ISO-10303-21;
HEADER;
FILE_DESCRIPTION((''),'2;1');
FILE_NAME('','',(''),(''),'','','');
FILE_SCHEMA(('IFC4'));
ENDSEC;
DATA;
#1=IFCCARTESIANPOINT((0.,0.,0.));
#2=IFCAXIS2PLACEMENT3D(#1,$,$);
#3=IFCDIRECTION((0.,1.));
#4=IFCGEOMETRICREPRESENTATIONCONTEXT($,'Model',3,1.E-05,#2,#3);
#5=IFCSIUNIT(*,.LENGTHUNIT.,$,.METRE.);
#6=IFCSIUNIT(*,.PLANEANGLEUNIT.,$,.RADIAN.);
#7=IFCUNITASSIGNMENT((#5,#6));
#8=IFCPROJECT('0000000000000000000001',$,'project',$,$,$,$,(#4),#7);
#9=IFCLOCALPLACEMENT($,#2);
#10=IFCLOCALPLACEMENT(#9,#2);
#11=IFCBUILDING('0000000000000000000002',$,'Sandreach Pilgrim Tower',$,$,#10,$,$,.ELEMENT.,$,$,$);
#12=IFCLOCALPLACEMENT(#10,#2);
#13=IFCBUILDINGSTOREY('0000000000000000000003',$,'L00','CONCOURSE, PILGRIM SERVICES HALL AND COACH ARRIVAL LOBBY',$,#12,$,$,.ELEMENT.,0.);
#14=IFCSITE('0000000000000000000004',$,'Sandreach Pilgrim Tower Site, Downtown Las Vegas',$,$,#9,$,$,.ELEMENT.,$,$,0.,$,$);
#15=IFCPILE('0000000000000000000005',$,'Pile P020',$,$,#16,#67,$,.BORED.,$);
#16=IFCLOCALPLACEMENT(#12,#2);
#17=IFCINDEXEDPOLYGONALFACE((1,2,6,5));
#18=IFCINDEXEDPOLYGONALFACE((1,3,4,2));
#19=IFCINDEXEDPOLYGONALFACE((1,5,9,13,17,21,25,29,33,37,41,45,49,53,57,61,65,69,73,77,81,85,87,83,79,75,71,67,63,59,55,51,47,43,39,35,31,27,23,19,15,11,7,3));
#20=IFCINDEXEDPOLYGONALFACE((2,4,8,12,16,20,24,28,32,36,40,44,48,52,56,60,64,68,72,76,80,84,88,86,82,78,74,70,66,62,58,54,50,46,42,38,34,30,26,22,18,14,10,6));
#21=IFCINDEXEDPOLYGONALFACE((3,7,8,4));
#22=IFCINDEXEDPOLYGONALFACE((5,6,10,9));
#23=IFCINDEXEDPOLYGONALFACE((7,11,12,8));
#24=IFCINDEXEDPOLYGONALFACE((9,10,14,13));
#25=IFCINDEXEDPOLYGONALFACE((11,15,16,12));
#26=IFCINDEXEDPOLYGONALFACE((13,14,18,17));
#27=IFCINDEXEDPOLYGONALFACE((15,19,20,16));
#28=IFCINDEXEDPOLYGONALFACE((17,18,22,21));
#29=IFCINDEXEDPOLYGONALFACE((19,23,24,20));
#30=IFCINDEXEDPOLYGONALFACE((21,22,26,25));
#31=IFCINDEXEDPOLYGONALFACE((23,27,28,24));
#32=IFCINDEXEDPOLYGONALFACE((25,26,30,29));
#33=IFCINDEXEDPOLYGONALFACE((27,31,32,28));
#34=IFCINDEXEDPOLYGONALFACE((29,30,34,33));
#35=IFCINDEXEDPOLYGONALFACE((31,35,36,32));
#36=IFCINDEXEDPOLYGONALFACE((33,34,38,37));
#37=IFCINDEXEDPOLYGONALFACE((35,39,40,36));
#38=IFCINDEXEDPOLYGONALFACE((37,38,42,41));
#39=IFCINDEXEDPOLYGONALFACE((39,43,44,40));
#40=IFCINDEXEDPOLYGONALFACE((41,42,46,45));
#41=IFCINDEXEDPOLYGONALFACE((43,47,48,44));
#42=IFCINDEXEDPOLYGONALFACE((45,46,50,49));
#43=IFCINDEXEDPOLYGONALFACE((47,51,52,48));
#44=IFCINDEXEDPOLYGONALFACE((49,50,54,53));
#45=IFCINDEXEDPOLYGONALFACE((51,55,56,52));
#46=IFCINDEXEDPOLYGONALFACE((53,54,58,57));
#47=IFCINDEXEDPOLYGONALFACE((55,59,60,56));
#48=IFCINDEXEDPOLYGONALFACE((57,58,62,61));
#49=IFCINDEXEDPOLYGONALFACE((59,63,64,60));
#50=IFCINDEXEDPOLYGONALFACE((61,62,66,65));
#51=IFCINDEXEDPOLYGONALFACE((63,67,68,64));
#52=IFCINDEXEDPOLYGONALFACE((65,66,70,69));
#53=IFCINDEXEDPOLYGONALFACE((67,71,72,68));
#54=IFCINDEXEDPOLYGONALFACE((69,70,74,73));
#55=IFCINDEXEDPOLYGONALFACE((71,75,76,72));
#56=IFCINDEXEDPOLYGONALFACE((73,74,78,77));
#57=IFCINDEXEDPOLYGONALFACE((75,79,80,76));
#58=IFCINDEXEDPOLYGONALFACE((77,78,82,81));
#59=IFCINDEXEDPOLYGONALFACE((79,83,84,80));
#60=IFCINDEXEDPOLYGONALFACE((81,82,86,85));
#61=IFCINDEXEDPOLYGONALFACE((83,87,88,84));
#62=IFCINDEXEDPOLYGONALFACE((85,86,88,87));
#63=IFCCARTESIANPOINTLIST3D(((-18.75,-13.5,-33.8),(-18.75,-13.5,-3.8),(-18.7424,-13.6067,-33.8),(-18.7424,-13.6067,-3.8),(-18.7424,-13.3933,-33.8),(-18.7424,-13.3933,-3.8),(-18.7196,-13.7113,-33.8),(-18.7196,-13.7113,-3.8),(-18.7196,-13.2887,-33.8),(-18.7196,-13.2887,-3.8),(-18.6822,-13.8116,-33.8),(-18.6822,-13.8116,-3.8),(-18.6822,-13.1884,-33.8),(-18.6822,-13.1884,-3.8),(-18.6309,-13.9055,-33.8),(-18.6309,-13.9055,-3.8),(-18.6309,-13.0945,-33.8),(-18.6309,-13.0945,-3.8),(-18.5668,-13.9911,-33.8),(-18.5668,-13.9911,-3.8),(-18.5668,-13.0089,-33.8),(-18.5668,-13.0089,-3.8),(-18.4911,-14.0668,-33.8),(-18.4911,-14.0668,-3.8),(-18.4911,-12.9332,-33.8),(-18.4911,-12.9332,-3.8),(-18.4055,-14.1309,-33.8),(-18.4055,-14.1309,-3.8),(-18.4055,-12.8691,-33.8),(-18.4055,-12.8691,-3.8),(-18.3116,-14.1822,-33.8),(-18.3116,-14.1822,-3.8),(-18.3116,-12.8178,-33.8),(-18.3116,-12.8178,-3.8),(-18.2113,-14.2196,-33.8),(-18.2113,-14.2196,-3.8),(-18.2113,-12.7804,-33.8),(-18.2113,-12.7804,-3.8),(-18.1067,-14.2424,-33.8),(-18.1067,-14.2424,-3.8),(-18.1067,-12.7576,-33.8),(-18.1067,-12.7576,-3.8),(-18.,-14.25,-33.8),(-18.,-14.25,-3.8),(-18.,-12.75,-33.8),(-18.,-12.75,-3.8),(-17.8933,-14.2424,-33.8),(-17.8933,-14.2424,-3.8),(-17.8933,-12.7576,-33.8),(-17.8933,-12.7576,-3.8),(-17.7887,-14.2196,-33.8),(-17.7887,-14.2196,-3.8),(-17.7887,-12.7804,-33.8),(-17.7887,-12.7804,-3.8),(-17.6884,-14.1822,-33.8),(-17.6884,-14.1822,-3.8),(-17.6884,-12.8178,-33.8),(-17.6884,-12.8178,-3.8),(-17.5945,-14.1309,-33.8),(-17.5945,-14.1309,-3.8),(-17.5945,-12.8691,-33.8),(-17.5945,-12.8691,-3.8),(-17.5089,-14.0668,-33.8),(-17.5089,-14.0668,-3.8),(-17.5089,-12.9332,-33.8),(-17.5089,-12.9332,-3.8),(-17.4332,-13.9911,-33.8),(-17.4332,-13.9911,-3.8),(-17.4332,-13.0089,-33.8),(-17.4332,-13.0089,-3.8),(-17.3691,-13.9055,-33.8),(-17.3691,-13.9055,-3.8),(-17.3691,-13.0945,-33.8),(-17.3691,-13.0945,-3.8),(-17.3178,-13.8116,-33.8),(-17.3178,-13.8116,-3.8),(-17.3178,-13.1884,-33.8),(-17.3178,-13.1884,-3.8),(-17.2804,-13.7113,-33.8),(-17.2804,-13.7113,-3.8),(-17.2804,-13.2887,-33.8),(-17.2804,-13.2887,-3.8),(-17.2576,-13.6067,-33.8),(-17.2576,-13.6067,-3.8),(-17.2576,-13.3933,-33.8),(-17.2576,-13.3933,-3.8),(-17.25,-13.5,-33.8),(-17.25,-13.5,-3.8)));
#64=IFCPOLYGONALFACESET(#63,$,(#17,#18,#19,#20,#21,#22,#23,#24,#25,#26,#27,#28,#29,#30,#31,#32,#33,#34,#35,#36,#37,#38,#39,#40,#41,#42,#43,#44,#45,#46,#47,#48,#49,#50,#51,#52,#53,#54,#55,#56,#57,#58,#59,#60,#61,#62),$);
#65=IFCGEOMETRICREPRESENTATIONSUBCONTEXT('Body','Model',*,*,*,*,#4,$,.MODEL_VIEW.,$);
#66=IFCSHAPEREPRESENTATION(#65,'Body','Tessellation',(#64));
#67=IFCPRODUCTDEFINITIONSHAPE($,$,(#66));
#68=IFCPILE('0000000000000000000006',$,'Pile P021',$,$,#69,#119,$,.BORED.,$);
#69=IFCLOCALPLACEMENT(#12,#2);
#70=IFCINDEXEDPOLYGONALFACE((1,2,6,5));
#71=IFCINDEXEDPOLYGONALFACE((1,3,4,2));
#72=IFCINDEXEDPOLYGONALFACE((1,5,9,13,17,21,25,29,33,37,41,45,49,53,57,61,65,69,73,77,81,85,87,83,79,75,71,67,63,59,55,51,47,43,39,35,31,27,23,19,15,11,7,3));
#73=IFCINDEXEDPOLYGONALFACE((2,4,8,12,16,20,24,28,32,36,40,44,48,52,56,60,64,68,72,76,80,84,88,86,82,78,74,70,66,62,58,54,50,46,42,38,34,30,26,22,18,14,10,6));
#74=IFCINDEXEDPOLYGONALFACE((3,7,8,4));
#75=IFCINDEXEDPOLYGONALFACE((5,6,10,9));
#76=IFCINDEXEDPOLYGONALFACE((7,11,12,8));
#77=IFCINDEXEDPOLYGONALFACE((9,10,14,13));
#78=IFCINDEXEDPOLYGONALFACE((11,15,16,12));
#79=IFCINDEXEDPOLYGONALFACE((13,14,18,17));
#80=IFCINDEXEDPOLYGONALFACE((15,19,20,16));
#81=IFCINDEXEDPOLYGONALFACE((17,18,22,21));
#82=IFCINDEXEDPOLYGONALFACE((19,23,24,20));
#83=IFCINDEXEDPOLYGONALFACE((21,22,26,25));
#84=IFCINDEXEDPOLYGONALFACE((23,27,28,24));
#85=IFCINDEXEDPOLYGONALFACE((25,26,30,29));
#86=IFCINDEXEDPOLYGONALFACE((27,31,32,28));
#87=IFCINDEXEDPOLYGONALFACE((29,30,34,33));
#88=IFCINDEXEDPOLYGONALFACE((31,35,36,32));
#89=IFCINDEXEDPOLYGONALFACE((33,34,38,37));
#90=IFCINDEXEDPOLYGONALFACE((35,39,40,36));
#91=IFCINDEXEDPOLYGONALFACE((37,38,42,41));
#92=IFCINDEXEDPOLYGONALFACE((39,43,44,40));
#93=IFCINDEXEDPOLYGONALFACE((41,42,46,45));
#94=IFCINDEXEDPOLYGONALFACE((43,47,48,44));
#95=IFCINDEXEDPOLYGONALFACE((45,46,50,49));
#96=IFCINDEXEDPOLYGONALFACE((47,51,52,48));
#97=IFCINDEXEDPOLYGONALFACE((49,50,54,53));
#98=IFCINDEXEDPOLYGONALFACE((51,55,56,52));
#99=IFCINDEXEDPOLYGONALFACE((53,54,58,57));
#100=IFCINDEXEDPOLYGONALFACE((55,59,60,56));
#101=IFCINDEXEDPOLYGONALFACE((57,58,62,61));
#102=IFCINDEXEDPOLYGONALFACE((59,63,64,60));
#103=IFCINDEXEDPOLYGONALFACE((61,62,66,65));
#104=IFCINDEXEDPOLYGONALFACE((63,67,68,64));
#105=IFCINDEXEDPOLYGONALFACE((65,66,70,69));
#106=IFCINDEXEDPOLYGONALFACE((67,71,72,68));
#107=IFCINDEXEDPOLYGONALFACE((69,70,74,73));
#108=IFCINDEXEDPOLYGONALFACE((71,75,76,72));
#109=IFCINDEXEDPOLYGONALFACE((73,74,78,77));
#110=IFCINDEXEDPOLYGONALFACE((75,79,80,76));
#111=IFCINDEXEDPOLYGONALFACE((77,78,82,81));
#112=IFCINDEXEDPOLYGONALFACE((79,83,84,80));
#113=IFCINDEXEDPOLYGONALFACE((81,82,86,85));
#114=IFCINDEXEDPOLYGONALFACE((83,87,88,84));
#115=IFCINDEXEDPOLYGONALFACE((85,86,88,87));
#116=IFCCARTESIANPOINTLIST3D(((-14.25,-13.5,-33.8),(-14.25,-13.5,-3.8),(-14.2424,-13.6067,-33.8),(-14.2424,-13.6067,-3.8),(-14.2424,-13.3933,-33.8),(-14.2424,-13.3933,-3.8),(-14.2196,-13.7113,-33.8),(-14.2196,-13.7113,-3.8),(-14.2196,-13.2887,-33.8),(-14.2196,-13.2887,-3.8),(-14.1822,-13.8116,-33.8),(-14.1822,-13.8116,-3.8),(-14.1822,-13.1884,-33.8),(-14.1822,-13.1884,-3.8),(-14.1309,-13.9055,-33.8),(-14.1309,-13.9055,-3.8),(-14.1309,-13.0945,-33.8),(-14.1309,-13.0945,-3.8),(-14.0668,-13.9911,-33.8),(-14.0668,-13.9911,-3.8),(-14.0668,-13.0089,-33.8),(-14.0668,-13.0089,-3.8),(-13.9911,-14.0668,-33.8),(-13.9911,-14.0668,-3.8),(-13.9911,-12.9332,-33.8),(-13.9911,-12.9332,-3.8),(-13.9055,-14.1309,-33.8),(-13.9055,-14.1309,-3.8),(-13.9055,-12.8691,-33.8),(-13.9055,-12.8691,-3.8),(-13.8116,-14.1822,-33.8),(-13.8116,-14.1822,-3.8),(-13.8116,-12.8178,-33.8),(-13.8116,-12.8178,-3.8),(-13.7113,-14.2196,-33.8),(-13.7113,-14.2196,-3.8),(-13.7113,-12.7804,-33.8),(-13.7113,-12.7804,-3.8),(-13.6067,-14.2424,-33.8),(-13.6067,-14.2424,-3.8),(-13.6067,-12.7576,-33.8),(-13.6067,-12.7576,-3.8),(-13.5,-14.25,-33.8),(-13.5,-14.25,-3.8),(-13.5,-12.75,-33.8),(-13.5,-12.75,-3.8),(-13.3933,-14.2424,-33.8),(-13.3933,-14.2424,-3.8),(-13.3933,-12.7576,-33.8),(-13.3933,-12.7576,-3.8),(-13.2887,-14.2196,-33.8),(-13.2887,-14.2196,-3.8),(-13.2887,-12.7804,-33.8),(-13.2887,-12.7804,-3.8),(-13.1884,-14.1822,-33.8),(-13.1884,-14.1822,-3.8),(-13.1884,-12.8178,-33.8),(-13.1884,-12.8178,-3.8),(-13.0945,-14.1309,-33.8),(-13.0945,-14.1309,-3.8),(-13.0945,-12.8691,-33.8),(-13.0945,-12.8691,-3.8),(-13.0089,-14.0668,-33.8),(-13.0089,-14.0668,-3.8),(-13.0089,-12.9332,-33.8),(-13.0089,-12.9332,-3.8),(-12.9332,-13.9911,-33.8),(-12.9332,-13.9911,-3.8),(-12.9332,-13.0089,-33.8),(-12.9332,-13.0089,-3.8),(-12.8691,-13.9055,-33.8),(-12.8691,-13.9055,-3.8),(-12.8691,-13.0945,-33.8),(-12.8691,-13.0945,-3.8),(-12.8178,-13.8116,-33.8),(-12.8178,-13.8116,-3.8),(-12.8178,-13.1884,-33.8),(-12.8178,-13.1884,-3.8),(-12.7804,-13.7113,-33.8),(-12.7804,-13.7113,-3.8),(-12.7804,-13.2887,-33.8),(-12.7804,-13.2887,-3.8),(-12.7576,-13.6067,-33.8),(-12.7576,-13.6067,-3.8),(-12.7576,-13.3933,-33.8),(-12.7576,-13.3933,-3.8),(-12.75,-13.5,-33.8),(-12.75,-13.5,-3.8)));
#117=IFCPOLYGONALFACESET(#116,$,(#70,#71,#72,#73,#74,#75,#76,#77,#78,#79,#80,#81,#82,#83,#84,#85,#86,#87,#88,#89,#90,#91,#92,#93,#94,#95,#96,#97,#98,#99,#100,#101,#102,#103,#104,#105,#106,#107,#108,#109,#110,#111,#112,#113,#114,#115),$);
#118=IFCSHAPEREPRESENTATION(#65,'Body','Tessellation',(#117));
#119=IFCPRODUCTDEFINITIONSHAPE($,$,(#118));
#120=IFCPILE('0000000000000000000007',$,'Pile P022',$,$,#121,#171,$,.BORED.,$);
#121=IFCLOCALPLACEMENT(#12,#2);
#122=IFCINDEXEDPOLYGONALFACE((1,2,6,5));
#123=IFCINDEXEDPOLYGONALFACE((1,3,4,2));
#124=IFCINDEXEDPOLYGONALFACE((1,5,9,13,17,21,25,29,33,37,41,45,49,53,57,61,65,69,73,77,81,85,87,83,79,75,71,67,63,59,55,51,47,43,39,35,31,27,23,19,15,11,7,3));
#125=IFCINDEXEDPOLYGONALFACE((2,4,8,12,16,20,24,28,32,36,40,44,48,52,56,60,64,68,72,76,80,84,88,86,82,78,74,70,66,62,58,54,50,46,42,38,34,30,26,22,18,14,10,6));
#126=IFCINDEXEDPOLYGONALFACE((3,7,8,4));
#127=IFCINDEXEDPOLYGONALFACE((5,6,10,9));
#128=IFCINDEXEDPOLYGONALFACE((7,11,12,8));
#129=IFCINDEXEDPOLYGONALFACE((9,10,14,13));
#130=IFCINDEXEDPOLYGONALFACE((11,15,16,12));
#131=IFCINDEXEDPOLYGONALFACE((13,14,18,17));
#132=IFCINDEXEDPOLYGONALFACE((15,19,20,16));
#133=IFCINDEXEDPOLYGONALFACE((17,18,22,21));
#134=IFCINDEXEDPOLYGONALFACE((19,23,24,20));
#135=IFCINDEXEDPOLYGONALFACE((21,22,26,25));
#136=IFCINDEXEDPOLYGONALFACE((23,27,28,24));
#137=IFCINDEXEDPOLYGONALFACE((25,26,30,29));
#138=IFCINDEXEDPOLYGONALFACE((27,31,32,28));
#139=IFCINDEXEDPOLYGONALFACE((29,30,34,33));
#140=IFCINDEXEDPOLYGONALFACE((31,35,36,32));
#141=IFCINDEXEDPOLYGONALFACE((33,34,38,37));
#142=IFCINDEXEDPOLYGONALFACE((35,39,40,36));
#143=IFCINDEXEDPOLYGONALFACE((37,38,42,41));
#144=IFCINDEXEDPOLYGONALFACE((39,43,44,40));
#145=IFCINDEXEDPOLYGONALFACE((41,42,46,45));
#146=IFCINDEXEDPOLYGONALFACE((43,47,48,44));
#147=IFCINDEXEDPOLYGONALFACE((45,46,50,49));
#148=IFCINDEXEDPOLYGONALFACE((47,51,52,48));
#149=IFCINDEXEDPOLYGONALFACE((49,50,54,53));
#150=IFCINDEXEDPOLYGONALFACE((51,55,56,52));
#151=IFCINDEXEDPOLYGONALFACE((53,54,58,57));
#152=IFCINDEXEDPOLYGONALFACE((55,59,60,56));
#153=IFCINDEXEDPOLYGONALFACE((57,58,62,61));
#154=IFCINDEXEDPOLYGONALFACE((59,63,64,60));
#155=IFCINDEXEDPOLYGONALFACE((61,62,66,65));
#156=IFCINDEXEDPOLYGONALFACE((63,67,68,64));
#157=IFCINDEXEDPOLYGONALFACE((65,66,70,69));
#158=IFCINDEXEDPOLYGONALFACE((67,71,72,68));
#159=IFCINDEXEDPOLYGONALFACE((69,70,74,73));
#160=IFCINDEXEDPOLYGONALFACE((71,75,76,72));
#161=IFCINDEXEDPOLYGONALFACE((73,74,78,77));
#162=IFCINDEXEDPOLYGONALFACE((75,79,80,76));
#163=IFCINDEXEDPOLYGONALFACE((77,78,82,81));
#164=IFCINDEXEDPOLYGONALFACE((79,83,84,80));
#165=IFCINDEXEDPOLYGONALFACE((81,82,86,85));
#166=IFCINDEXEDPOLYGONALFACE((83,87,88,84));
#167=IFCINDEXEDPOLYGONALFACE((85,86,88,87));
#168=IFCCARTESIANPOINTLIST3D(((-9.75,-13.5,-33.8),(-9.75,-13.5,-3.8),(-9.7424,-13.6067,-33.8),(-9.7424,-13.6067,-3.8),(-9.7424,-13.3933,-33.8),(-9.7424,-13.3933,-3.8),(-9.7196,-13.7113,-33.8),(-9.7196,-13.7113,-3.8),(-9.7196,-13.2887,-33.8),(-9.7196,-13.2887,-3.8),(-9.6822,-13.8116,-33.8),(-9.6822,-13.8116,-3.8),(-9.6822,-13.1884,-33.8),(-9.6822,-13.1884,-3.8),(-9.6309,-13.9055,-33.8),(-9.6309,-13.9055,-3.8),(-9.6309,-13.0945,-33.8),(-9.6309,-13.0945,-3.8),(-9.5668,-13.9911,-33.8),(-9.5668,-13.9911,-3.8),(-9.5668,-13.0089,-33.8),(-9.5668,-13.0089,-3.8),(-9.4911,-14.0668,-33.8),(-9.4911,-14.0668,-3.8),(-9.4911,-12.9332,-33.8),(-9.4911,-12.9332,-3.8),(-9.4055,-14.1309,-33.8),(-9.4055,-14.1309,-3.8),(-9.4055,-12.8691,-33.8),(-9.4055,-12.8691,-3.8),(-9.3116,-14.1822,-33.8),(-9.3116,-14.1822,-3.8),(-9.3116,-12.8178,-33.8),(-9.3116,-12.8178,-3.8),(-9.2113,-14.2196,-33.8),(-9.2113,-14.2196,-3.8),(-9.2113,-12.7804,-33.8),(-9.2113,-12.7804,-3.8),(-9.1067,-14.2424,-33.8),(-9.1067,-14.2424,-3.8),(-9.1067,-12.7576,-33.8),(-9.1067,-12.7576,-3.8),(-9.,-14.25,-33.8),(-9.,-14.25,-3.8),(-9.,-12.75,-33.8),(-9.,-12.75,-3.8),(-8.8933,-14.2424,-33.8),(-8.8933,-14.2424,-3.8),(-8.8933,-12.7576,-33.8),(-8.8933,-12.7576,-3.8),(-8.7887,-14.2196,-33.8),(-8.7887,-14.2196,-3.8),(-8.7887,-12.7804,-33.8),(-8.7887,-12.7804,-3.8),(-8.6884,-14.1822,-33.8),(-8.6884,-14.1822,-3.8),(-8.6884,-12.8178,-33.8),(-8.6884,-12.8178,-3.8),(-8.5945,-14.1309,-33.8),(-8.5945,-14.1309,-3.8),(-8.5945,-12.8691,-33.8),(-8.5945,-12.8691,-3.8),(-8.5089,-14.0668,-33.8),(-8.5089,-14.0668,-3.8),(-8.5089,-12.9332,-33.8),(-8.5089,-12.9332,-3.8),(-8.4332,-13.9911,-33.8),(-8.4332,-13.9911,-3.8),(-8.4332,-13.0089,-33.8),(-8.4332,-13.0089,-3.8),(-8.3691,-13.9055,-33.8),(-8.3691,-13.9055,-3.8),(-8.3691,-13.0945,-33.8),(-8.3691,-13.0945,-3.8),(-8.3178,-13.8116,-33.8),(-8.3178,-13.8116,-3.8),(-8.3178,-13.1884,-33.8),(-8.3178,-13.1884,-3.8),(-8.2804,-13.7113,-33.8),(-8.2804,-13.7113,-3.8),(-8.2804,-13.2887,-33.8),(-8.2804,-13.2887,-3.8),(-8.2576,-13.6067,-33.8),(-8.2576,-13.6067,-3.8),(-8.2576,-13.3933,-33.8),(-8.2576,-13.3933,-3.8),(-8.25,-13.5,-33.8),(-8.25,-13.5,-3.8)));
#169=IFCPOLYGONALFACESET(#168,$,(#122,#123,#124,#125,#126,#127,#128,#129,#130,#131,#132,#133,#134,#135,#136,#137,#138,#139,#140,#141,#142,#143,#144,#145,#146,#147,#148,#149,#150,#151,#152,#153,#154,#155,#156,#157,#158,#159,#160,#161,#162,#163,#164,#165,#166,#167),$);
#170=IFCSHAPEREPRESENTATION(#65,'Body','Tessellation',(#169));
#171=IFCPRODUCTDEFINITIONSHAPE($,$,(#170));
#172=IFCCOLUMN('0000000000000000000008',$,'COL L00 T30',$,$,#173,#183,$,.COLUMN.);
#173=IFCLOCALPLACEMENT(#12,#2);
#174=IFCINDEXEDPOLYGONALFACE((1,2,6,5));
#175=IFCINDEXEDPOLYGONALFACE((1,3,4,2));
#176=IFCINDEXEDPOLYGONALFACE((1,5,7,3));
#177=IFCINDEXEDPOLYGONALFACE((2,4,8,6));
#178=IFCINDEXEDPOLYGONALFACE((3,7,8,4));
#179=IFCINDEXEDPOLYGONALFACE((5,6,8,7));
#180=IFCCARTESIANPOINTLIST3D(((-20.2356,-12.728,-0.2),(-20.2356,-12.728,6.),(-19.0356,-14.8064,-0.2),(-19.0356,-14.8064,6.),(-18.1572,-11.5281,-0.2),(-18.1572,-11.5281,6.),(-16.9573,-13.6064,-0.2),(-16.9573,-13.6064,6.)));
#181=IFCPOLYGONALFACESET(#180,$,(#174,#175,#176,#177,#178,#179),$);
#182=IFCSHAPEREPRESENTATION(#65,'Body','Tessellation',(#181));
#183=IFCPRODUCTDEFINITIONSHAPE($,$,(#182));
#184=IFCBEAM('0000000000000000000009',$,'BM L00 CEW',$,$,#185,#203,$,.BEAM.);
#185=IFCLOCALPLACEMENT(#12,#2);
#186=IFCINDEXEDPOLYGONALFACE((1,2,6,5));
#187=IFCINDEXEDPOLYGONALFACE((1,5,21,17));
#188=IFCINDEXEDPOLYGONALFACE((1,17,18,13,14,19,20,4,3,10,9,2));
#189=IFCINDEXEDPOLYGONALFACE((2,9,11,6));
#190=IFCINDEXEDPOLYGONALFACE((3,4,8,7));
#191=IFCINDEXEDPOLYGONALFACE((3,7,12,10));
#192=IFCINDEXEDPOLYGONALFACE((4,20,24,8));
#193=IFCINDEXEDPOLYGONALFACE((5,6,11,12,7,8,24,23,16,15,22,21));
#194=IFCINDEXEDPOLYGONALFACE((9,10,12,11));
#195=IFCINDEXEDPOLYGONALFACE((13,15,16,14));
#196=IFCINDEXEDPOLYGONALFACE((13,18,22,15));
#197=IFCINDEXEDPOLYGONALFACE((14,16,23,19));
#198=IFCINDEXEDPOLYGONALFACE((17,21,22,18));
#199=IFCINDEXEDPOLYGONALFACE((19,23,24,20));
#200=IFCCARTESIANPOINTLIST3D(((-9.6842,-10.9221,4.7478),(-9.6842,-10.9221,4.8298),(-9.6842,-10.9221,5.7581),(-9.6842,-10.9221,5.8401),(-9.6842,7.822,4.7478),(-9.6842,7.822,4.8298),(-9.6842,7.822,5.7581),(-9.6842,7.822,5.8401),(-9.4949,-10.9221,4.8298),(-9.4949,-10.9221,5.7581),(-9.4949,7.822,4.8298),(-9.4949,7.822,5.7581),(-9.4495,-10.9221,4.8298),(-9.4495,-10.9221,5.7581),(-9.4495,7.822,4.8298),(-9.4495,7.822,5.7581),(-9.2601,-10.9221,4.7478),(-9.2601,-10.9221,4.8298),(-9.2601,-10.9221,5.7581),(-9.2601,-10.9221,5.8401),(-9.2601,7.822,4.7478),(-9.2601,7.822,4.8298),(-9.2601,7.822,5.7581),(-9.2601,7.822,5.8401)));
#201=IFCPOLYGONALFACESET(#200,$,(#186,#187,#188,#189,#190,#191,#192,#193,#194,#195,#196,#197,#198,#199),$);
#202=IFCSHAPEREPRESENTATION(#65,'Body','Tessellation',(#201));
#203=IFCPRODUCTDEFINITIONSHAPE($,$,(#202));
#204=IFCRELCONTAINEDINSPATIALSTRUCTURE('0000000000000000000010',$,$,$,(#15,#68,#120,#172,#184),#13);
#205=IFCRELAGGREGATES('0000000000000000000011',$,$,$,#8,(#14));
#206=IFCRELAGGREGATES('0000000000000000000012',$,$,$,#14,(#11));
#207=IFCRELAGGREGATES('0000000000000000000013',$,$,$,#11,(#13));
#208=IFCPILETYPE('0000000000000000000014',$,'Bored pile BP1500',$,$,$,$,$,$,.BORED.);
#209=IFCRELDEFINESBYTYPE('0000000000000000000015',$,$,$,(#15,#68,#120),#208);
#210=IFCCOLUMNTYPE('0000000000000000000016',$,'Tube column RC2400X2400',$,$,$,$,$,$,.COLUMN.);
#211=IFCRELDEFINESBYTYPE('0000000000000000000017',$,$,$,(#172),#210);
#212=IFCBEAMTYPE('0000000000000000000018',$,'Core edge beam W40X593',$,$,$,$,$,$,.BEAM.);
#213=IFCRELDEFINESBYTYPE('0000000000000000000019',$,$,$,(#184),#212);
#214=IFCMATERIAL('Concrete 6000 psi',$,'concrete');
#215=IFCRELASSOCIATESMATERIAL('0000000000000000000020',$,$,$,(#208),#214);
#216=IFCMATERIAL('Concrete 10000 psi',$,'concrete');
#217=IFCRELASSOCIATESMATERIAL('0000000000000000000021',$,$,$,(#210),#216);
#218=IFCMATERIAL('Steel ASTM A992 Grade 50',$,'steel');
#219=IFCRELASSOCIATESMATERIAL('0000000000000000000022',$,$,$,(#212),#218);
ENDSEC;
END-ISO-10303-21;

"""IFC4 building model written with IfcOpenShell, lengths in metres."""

from ifc_helpers import new_model, si_unit, direction, frame, origin, origin_2d, place, context, subcontext, project, spatial, rectangle, circle, i_section, extrude, material, material_profile, profile_set, type_object, element, save


model = new_model("IFC4")

# Units and contexts
model_context = context("Model", 3, precision=1e-05, world=origin(), true_north=direction((0.0, 1.0)))
body_context = subcontext(model_context, "Body", "Model", "MODEL_VIEW")
ifc_project = project(units=[si_unit("LENGTHUNIT", "METRE"), si_unit("PLANEANGLEUNIT", "RADIAN")], contexts=[model_context])

# Site, building, storey
site_placement = place(None, origin())
site = spatial("IfcSite", under=ifc_project, at=site_placement, Name="Sandreach Pilgrim Tower Site, Downtown Las Vegas", CompositionType="ELEMENT", RefElevation=0.0)
building_placement = place(site_placement, origin())
building = spatial("IfcBuilding", under=site, at=building_placement, Name="Sandreach Pilgrim Tower", CompositionType="ELEMENT")
storey_placement = place(building_placement, origin())
storey = spatial("IfcBuildingStorey", under=building, at=storey_placement, Name="L00", Description="CONCOURSE, PILGRIM SERVICES HALL AND COACH ARRIVAL LOBBY", CompositionType="ELEMENT", Elevation=0.0)

# Piles
ifc_material_1 = material(Name="Concrete 6000 psi", Category="concrete")
ifc_material_profile_1 = material_profile(ifc_material_1, circle(Radius=0.75, at=origin_2d()), Name="BP1500")
ifc_profile_set_1 = profile_set([ifc_material_profile_1], Name="Concrete 6000 psi")
pile_type = type_object("IfcPileType", Name="Bored pile BP1500", PredefinedType="BORED", material=ifc_profile_set_1)
for number, where, z_axis, x_axis, name in (
    (1, (-18.0, -13.5, -3.8), (0.0, 0.0, -1.0), (1.0, 0.0, 0.0), "Pile P020"),
    (2, (-13.5, -13.5, -3.8), (0.0, 0.0, -1.0), (1.0, 0.0, 0.0), "Pile P021"),
    (3, (-9.0, -13.5, -3.8), (0.0, 0.0, -1.0), (1.0, 0.0, 0.0), "Pile P022"),
):
    element("IfcPile", number, at=place(storey_placement, frame(where, z_axis=z_axis, x_axis=x_axis)), inside=storey, type_object=pile_type, Name=name, PredefinedType="BORED", context=body_context, shape_type="SweptSolid", body=[
        extrude(circle(Radius=0.75, at=origin_2d()), origin(), (0.0, 0.0, 1.0), 30.0),
    ])

# Column
ifc_material_2 = material(Name="Concrete 10000 psi", Category="concrete")
ifc_material_profile_2 = material_profile(ifc_material_2, rectangle(XDim=2.3999, YDim=2.3999, at=origin_2d()), Name="RC2400X2400")
ifc_profile_set_2 = profile_set([ifc_material_profile_2], Name="Concrete 10000 psi")
column_type = type_object("IfcColumnType", Name="Tube column RC2400X2400", PredefinedType="COLUMN", material=ifc_profile_set_2)
column_placement = place(storey_placement, frame((-18.5964, -13.1672, -0.2), z_axis=(0.0, 0.0, 1.0), x_axis=(-0.866025, -0.5, 0.0)))
element("IfcColumn", 4, at=column_placement, inside=storey, type_object=column_type, Name="COL L00 T30", PredefinedType="COLUMN", context=body_context, shape_type="SweptSolid", body=[
    extrude(rectangle(XDim=2.3999, YDim=2.3999, at=origin_2d()), origin(), (0.0, 0.0, 1.0), 6.2),
])

# Beam
ifc_material_3 = material(Name="Steel ASTM A992 Grade 50", Category="steel")
ifc_material_profile_3 = material_profile(ifc_material_3, i_section(OverallWidth=0.4241, OverallDepth=1.0923, WebThickness=0.0454, FlangeThickness=0.082, at=origin_2d()), Name="W40X593")
ifc_profile_set_3 = profile_set([ifc_material_profile_3], Name="Steel ASTM A992 Grade 50")
beam_type_1 = type_object("IfcBeamType", Name="Core edge beam W40X593", PredefinedType="BEAM", material=ifc_profile_set_3)
beam_1_placement = place(storey_placement, frame((-9.4722, -10.9221, 5.2939), z_axis=(0.0, 1.0, 0.0), x_axis=(-1.0, 0.0, 0.0)))
element("IfcBeam", 5, at=beam_1_placement, inside=storey, type_object=beam_type_1, Name="BM L00 CEW", PredefinedType="BEAM", context=body_context, shape_type="SweptSolid", body=[
    extrude(i_section(OverallWidth=0.4241, OverallDepth=1.0923, WebThickness=0.0454, FlangeThickness=0.082, at=origin_2d()), origin(), (0.0, 0.0, 1.0), 18.7441),
])

save(model, "model.ifc")
